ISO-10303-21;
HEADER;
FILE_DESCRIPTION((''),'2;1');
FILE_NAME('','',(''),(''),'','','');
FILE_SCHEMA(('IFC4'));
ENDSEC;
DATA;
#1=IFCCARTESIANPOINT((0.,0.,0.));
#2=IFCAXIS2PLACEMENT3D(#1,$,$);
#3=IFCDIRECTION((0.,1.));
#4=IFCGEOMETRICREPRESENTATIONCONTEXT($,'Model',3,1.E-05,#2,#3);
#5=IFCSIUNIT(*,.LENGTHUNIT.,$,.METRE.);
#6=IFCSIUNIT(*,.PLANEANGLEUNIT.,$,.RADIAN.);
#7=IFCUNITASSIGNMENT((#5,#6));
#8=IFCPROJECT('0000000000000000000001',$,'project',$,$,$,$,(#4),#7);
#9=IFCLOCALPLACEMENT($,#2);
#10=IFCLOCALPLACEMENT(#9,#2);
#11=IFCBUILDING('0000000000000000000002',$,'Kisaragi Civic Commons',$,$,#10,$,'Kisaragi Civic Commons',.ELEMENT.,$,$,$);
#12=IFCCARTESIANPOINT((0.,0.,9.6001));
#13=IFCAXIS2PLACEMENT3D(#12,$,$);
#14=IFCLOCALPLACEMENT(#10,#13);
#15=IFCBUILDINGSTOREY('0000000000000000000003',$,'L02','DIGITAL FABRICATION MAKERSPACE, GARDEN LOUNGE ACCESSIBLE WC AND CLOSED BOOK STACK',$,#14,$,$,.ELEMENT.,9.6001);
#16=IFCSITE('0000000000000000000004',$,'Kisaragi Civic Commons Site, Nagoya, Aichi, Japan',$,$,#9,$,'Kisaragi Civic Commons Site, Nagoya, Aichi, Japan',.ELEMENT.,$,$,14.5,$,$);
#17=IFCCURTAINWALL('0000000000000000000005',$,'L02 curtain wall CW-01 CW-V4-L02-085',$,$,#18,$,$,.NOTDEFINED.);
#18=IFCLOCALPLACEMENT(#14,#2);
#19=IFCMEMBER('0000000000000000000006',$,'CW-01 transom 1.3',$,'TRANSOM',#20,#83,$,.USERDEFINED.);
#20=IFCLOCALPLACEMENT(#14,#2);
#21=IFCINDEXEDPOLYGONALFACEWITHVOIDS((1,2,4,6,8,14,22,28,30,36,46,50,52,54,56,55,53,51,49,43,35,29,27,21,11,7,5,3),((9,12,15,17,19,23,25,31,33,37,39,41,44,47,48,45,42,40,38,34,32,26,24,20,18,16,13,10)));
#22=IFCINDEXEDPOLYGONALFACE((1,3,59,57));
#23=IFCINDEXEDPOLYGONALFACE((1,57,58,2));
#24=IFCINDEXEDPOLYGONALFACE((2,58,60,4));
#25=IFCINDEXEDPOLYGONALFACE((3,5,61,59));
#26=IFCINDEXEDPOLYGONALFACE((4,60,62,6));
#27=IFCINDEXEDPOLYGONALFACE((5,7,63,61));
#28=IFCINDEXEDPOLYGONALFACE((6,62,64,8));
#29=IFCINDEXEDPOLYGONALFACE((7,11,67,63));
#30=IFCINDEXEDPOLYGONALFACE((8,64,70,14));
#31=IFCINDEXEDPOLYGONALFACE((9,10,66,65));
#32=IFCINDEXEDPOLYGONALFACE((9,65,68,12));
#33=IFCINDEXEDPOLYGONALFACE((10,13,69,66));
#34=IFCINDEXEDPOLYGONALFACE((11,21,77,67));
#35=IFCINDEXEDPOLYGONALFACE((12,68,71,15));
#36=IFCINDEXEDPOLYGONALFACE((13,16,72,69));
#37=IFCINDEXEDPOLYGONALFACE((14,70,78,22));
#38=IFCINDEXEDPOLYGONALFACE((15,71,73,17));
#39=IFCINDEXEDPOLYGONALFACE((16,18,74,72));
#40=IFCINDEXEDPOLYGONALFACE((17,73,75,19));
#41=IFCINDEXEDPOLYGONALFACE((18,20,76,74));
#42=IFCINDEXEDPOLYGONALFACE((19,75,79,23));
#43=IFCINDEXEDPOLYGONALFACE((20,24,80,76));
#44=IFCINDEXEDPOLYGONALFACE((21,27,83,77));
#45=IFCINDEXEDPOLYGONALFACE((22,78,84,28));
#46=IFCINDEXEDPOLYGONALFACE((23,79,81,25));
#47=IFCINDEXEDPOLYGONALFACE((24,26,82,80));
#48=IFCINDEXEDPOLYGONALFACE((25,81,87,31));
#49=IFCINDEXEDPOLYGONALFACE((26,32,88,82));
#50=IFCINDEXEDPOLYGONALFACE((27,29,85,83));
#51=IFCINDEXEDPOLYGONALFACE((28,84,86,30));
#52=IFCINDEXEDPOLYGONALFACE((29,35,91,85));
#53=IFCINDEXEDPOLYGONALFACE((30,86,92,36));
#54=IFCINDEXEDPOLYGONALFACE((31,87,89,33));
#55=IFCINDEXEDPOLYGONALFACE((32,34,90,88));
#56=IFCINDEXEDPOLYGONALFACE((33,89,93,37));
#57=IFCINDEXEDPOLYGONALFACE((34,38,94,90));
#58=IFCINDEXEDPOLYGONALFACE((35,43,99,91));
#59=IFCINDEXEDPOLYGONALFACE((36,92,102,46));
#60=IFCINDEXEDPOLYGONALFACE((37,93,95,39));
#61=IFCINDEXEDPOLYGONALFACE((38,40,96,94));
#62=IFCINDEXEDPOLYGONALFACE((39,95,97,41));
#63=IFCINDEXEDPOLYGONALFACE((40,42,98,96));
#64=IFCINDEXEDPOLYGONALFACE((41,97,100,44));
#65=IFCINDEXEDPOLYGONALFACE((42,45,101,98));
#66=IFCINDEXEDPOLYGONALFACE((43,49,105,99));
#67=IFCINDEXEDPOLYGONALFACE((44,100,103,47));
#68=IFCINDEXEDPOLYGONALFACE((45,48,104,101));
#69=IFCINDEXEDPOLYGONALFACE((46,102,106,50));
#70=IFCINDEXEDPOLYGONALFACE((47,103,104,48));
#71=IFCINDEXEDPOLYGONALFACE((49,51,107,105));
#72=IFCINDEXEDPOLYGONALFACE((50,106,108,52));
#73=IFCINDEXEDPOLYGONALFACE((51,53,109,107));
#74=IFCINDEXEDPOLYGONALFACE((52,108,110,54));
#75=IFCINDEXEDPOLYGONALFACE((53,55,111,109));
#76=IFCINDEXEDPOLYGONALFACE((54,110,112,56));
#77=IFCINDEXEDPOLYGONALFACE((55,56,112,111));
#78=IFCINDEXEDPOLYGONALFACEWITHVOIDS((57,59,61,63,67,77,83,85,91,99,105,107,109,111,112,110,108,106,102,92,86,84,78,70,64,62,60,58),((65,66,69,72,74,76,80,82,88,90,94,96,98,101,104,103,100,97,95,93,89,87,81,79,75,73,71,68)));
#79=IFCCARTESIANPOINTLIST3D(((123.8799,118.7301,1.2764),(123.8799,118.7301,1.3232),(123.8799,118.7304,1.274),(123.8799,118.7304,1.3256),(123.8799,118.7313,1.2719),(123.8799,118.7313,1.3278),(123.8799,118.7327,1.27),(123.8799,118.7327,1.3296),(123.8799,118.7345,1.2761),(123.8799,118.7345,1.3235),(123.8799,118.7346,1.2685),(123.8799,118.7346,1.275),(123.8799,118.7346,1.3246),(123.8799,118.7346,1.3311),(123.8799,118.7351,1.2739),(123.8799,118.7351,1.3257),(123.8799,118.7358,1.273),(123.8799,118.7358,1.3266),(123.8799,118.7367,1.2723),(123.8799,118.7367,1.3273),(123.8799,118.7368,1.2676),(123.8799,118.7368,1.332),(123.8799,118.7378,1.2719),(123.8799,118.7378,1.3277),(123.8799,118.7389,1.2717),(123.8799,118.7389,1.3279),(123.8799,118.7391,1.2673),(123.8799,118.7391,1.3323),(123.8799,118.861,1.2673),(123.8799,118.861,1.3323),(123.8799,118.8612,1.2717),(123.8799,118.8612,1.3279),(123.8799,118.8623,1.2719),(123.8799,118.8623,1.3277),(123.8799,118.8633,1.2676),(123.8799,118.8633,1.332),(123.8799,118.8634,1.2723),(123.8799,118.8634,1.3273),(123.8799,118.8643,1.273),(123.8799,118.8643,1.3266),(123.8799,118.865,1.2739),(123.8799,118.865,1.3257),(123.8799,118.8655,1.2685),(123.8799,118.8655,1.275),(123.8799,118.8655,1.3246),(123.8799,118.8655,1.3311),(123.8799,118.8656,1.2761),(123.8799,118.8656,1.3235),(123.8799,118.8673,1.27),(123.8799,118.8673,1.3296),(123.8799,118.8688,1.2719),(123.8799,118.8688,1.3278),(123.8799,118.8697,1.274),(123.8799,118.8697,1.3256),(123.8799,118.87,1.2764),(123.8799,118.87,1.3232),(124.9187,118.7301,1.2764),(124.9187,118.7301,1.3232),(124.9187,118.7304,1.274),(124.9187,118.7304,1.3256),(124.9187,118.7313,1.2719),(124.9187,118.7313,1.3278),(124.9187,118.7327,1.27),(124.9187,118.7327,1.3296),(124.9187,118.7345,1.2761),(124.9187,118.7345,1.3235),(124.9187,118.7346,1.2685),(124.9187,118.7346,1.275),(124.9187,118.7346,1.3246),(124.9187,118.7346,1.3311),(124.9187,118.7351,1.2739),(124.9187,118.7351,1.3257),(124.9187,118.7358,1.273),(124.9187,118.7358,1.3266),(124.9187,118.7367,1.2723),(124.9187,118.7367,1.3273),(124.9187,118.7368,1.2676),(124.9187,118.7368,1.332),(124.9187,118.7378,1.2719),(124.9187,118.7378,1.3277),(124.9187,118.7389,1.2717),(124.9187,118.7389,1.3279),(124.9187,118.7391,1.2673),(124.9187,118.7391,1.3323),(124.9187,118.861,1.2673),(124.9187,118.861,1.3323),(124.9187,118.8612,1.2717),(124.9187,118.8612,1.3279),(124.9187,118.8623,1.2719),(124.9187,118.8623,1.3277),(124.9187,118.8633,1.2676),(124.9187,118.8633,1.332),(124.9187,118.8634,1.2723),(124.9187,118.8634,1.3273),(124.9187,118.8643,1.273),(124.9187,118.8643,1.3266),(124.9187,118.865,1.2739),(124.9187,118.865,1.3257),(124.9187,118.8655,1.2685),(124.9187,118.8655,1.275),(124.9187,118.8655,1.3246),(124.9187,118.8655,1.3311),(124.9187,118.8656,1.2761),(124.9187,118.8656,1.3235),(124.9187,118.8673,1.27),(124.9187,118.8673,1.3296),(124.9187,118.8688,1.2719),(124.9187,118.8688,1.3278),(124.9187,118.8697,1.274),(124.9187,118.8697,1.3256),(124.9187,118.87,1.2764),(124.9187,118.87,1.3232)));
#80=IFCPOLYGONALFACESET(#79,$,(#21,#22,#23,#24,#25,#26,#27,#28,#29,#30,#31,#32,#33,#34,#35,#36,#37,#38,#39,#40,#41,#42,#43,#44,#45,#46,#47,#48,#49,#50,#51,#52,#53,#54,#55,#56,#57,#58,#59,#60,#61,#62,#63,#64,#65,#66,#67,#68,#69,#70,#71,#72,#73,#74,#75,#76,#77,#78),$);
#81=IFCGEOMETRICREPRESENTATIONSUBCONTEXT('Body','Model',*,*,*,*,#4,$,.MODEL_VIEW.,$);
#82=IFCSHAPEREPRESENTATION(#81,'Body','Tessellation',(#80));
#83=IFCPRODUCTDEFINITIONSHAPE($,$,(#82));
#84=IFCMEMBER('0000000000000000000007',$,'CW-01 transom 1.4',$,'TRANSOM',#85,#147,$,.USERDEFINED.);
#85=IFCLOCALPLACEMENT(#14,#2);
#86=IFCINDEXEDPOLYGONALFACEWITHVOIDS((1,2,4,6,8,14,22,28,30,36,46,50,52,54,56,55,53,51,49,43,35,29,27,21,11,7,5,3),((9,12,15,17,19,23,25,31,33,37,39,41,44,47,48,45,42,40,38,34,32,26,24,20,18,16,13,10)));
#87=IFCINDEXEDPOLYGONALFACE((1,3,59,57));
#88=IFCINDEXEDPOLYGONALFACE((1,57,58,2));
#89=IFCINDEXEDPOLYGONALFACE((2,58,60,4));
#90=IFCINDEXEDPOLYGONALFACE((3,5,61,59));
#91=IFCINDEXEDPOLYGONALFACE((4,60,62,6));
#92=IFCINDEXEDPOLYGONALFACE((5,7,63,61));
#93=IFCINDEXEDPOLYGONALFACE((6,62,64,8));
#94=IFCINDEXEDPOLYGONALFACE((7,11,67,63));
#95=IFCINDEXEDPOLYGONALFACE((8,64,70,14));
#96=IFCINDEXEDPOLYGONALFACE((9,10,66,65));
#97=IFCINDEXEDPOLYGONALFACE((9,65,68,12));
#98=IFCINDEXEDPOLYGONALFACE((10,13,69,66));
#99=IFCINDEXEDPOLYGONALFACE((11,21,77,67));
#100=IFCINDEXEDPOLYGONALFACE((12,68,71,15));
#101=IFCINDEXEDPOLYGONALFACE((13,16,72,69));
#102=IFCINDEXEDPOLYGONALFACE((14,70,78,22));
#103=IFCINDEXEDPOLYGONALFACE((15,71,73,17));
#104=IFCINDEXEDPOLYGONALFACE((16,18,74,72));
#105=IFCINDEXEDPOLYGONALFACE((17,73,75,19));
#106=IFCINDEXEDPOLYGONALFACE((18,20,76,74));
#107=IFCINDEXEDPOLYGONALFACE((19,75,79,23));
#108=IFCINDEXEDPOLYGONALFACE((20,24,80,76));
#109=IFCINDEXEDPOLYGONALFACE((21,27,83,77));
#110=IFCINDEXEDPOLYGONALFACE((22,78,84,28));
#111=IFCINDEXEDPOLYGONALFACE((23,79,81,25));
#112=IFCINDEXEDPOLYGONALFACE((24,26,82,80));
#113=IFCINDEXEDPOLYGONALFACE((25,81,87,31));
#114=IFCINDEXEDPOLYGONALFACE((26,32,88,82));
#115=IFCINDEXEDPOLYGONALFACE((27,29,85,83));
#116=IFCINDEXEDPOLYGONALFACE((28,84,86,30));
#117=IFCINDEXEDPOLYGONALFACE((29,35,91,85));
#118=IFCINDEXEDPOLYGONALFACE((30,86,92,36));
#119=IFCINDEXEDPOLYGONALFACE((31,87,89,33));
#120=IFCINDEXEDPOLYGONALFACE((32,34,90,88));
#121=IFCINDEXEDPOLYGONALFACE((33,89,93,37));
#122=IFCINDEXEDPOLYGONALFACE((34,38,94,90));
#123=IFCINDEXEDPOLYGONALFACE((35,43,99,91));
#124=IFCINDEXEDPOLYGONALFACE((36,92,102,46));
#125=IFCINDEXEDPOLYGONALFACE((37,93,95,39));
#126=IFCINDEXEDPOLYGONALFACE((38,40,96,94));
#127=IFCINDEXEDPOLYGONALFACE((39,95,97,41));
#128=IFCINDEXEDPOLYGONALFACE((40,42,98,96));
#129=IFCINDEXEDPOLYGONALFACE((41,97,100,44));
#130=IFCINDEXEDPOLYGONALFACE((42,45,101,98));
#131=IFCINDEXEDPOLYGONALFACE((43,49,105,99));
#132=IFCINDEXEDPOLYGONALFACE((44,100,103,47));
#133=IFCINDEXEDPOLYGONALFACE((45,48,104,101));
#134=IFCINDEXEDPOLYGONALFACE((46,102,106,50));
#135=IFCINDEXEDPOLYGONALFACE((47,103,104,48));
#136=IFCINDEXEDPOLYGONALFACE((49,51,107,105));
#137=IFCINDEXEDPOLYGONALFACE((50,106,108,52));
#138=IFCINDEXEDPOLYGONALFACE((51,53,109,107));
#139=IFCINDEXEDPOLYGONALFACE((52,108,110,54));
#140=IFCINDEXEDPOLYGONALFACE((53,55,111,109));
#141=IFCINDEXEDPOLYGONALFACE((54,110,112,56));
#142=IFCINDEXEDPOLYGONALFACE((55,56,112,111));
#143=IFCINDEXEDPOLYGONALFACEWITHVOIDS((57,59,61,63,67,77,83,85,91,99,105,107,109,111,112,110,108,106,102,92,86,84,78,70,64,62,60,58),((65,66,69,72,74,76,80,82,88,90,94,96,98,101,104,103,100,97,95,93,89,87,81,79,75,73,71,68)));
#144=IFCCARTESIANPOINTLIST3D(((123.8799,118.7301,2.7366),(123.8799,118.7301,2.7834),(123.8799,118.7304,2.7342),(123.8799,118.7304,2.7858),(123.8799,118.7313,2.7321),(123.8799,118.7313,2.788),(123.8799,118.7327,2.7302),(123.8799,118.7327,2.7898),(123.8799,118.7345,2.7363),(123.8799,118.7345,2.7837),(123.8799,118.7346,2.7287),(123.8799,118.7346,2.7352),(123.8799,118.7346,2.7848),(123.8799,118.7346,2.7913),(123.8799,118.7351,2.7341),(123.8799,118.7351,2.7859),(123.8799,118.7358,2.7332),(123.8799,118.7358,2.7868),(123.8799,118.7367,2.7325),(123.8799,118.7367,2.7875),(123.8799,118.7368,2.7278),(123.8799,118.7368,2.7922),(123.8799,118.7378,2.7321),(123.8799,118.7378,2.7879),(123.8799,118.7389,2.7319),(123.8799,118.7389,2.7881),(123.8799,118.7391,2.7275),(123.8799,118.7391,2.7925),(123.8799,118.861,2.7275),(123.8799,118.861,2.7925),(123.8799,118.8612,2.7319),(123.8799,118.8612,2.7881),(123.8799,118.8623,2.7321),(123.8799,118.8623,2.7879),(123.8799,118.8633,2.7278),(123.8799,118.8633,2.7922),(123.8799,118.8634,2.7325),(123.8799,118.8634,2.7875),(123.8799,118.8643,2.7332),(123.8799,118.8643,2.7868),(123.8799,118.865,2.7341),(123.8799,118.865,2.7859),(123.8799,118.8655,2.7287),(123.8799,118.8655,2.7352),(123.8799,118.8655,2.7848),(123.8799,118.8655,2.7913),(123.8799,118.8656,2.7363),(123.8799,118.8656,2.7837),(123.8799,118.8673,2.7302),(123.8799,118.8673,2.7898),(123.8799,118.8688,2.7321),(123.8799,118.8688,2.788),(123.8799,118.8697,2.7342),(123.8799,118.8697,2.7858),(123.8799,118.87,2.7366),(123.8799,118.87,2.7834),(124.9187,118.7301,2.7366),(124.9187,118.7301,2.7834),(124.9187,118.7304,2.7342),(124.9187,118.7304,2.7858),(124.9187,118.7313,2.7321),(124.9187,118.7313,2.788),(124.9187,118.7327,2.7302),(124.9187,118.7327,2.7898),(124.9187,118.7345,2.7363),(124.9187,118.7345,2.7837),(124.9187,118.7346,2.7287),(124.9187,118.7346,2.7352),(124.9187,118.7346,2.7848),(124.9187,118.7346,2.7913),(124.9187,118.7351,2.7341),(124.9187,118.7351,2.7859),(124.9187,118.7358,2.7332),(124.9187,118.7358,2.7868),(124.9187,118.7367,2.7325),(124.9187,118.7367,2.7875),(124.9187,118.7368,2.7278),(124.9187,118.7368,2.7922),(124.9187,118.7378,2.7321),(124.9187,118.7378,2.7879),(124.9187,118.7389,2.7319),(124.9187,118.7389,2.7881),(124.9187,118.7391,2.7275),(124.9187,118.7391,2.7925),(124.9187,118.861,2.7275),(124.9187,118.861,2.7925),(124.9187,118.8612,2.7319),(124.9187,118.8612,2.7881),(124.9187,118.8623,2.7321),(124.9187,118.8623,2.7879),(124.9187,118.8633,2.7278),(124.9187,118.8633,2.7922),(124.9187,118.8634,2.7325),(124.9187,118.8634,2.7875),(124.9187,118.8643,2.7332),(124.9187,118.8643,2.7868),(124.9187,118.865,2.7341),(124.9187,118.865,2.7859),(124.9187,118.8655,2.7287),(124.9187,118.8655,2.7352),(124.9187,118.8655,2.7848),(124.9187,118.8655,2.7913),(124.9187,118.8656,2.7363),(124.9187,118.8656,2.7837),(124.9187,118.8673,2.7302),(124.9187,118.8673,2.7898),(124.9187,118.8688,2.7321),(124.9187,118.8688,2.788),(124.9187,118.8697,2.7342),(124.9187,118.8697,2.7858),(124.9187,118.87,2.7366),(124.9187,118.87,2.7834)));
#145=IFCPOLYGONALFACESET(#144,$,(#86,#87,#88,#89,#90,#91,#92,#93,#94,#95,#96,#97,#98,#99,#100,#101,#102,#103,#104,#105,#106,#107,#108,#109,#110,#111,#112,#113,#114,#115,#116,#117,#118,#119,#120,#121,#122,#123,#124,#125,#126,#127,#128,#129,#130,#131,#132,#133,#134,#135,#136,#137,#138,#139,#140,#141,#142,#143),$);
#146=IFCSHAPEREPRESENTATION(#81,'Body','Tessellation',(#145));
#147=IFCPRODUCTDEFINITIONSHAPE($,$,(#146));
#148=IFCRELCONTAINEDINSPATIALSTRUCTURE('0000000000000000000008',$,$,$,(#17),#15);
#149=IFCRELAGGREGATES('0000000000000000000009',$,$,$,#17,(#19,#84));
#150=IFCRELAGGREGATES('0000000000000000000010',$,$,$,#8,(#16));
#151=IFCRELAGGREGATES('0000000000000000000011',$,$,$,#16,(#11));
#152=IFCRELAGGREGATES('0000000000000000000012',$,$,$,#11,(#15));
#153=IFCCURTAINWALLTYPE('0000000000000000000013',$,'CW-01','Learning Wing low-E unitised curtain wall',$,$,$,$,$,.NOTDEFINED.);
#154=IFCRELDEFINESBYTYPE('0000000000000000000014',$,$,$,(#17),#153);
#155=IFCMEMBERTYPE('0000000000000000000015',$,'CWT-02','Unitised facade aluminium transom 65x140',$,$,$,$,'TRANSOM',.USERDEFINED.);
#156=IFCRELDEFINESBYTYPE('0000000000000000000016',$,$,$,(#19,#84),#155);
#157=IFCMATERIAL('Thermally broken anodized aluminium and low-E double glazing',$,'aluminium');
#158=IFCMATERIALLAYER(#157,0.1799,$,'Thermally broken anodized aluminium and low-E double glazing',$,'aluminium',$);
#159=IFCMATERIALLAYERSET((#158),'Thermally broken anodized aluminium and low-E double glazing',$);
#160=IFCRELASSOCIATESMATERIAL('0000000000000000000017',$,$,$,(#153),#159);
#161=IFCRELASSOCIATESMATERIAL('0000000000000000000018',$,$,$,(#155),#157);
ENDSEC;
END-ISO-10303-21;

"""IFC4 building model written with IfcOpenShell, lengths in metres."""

from ifc_helpers import new_model, si_unit, direction, frame, origin, origin_2d, place, context, subcontext, project, spatial, hollow_rectangle, extrude, material, layer, layer_set, material_profile, profile_set, type_object, element, aggregate, save


model = new_model("IFC4")

# Units and contexts
model_context = context("Model", 3, precision=1e-05, world=origin(), true_north=direction((0.0, 1.0)))
body_context = subcontext(model_context, "Body", "Model", "MODEL_VIEW")
ifc_project = project(units=[si_unit("LENGTHUNIT", "METRE"), si_unit("PLANEANGLEUNIT", "RADIAN")], contexts=[model_context])

# Site, building, storey
site_placement = place(None, origin())
site = spatial("IfcSite", under=ifc_project, at=site_placement, Name="Kisaragi Civic Commons Site, Nagoya, Aichi, Japan", LongName="Kisaragi Civic Commons Site, Nagoya, Aichi, Japan", CompositionType="ELEMENT", RefElevation=14.5)
building_placement = place(site_placement, origin())
building = spatial("IfcBuilding", under=site, at=building_placement, Name="Kisaragi Civic Commons", LongName="Kisaragi Civic Commons", CompositionType="ELEMENT")
storey_placement = place(building_placement, frame((0.0, 0.0, 9.6001)))
storey = spatial("IfcBuildingStorey", under=building, at=storey_placement, Name="L02", Description="DIGITAL FABRICATION MAKERSPACE, GARDEN LOUNGE ACCESSIBLE WC AND CLOSED BOOK STACK", CompositionType="ELEMENT", Elevation=9.6001)

# Curtain wall, members
ifc_material_1 = material(Name="Thermally broken anodized aluminium and low-E double glazing", Category="aluminium")
ifc_layer_1 = layer(ifc_material_1, 0.1799, Name="Thermally broken anodized aluminium and low-E double glazing", Category="aluminium")
ifc_layer_set_1 = layer_set([ifc_layer_1], Name="Thermally broken anodized aluminium and low-E double glazing")
curtain_wall_type = type_object("IfcCurtainWallType", Name="CW-01", Description="Learning Wing low-E unitised curtain wall", PredefinedType="NOTDEFINED", material=ifc_layer_set_1)
curtain_wall_placement = place(storey_placement, origin())
curtain_wall = element("IfcCurtainWall", 1, at=curtain_wall_placement, inside=storey, type_object=curtain_wall_type, Name="L02 curtain wall CW-01 CW-V4-L02-085", PredefinedType="NOTDEFINED")
ifc_material_profile_1 = material_profile(ifc_material_1, hollow_rectangle(XDim=0.1399, YDim=0.0649, WallThickness=0.0044, InnerFilletRadius=0.0044, OuterFilletRadius=0.009, at=origin_2d()), Name="CWT-65x140x4.5", Category="aluminium")
ifc_profile_set_1 = profile_set([ifc_material_profile_1], Name="Thermally broken anodized aluminium and low-E double glazing")
member_type_1 = type_object("IfcMemberType", Name="CWT-02", Description="Unitised facade aluminium transom 65x140", ElementType="TRANSOM", PredefinedType="USERDEFINED", material=ifc_profile_set_1)
member_1_placement = place(storey_placement, frame((123.8799, 118.8, 1.2998), z_axis=(1.0, 0.0, 0.0), x_axis=(0.0, 1.0, 0.0)))
member_1 = element("IfcMember", 2, at=member_1_placement, type_object=member_type_1, Name="CW-01 transom 1.3", ObjectType="TRANSOM", PredefinedType="USERDEFINED", context=body_context, shape_type="SweptSolid", body=[
    extrude(hollow_rectangle(XDim=0.1399, YDim=0.0649, WallThickness=0.0044, InnerFilletRadius=0.0044, OuterFilletRadius=0.009, at=origin_2d()), origin(), (0.0, 0.0, 1.0), 1.0388),
])
member_2_placement = place(storey_placement, frame((123.8799, 118.8, 2.76), z_axis=(1.0, 0.0, 0.0), x_axis=(0.0, 1.0, 0.0)))
member_2 = element("IfcMember", 3, at=member_2_placement, type_object=member_type_1, Name="CW-01 transom 1.4", ObjectType="TRANSOM", PredefinedType="USERDEFINED", context=body_context, shape_type="SweptSolid", body=[
    extrude(hollow_rectangle(XDim=0.1399, YDim=0.0649, WallThickness=0.0044, InnerFilletRadius=0.0044, OuterFilletRadius=0.009, at=origin_2d()), origin(), (0.0, 0.0, 1.0), 1.0388),
])

aggregate(curtain_wall, [member_1, member_2])

save(model, "model.ifc")
